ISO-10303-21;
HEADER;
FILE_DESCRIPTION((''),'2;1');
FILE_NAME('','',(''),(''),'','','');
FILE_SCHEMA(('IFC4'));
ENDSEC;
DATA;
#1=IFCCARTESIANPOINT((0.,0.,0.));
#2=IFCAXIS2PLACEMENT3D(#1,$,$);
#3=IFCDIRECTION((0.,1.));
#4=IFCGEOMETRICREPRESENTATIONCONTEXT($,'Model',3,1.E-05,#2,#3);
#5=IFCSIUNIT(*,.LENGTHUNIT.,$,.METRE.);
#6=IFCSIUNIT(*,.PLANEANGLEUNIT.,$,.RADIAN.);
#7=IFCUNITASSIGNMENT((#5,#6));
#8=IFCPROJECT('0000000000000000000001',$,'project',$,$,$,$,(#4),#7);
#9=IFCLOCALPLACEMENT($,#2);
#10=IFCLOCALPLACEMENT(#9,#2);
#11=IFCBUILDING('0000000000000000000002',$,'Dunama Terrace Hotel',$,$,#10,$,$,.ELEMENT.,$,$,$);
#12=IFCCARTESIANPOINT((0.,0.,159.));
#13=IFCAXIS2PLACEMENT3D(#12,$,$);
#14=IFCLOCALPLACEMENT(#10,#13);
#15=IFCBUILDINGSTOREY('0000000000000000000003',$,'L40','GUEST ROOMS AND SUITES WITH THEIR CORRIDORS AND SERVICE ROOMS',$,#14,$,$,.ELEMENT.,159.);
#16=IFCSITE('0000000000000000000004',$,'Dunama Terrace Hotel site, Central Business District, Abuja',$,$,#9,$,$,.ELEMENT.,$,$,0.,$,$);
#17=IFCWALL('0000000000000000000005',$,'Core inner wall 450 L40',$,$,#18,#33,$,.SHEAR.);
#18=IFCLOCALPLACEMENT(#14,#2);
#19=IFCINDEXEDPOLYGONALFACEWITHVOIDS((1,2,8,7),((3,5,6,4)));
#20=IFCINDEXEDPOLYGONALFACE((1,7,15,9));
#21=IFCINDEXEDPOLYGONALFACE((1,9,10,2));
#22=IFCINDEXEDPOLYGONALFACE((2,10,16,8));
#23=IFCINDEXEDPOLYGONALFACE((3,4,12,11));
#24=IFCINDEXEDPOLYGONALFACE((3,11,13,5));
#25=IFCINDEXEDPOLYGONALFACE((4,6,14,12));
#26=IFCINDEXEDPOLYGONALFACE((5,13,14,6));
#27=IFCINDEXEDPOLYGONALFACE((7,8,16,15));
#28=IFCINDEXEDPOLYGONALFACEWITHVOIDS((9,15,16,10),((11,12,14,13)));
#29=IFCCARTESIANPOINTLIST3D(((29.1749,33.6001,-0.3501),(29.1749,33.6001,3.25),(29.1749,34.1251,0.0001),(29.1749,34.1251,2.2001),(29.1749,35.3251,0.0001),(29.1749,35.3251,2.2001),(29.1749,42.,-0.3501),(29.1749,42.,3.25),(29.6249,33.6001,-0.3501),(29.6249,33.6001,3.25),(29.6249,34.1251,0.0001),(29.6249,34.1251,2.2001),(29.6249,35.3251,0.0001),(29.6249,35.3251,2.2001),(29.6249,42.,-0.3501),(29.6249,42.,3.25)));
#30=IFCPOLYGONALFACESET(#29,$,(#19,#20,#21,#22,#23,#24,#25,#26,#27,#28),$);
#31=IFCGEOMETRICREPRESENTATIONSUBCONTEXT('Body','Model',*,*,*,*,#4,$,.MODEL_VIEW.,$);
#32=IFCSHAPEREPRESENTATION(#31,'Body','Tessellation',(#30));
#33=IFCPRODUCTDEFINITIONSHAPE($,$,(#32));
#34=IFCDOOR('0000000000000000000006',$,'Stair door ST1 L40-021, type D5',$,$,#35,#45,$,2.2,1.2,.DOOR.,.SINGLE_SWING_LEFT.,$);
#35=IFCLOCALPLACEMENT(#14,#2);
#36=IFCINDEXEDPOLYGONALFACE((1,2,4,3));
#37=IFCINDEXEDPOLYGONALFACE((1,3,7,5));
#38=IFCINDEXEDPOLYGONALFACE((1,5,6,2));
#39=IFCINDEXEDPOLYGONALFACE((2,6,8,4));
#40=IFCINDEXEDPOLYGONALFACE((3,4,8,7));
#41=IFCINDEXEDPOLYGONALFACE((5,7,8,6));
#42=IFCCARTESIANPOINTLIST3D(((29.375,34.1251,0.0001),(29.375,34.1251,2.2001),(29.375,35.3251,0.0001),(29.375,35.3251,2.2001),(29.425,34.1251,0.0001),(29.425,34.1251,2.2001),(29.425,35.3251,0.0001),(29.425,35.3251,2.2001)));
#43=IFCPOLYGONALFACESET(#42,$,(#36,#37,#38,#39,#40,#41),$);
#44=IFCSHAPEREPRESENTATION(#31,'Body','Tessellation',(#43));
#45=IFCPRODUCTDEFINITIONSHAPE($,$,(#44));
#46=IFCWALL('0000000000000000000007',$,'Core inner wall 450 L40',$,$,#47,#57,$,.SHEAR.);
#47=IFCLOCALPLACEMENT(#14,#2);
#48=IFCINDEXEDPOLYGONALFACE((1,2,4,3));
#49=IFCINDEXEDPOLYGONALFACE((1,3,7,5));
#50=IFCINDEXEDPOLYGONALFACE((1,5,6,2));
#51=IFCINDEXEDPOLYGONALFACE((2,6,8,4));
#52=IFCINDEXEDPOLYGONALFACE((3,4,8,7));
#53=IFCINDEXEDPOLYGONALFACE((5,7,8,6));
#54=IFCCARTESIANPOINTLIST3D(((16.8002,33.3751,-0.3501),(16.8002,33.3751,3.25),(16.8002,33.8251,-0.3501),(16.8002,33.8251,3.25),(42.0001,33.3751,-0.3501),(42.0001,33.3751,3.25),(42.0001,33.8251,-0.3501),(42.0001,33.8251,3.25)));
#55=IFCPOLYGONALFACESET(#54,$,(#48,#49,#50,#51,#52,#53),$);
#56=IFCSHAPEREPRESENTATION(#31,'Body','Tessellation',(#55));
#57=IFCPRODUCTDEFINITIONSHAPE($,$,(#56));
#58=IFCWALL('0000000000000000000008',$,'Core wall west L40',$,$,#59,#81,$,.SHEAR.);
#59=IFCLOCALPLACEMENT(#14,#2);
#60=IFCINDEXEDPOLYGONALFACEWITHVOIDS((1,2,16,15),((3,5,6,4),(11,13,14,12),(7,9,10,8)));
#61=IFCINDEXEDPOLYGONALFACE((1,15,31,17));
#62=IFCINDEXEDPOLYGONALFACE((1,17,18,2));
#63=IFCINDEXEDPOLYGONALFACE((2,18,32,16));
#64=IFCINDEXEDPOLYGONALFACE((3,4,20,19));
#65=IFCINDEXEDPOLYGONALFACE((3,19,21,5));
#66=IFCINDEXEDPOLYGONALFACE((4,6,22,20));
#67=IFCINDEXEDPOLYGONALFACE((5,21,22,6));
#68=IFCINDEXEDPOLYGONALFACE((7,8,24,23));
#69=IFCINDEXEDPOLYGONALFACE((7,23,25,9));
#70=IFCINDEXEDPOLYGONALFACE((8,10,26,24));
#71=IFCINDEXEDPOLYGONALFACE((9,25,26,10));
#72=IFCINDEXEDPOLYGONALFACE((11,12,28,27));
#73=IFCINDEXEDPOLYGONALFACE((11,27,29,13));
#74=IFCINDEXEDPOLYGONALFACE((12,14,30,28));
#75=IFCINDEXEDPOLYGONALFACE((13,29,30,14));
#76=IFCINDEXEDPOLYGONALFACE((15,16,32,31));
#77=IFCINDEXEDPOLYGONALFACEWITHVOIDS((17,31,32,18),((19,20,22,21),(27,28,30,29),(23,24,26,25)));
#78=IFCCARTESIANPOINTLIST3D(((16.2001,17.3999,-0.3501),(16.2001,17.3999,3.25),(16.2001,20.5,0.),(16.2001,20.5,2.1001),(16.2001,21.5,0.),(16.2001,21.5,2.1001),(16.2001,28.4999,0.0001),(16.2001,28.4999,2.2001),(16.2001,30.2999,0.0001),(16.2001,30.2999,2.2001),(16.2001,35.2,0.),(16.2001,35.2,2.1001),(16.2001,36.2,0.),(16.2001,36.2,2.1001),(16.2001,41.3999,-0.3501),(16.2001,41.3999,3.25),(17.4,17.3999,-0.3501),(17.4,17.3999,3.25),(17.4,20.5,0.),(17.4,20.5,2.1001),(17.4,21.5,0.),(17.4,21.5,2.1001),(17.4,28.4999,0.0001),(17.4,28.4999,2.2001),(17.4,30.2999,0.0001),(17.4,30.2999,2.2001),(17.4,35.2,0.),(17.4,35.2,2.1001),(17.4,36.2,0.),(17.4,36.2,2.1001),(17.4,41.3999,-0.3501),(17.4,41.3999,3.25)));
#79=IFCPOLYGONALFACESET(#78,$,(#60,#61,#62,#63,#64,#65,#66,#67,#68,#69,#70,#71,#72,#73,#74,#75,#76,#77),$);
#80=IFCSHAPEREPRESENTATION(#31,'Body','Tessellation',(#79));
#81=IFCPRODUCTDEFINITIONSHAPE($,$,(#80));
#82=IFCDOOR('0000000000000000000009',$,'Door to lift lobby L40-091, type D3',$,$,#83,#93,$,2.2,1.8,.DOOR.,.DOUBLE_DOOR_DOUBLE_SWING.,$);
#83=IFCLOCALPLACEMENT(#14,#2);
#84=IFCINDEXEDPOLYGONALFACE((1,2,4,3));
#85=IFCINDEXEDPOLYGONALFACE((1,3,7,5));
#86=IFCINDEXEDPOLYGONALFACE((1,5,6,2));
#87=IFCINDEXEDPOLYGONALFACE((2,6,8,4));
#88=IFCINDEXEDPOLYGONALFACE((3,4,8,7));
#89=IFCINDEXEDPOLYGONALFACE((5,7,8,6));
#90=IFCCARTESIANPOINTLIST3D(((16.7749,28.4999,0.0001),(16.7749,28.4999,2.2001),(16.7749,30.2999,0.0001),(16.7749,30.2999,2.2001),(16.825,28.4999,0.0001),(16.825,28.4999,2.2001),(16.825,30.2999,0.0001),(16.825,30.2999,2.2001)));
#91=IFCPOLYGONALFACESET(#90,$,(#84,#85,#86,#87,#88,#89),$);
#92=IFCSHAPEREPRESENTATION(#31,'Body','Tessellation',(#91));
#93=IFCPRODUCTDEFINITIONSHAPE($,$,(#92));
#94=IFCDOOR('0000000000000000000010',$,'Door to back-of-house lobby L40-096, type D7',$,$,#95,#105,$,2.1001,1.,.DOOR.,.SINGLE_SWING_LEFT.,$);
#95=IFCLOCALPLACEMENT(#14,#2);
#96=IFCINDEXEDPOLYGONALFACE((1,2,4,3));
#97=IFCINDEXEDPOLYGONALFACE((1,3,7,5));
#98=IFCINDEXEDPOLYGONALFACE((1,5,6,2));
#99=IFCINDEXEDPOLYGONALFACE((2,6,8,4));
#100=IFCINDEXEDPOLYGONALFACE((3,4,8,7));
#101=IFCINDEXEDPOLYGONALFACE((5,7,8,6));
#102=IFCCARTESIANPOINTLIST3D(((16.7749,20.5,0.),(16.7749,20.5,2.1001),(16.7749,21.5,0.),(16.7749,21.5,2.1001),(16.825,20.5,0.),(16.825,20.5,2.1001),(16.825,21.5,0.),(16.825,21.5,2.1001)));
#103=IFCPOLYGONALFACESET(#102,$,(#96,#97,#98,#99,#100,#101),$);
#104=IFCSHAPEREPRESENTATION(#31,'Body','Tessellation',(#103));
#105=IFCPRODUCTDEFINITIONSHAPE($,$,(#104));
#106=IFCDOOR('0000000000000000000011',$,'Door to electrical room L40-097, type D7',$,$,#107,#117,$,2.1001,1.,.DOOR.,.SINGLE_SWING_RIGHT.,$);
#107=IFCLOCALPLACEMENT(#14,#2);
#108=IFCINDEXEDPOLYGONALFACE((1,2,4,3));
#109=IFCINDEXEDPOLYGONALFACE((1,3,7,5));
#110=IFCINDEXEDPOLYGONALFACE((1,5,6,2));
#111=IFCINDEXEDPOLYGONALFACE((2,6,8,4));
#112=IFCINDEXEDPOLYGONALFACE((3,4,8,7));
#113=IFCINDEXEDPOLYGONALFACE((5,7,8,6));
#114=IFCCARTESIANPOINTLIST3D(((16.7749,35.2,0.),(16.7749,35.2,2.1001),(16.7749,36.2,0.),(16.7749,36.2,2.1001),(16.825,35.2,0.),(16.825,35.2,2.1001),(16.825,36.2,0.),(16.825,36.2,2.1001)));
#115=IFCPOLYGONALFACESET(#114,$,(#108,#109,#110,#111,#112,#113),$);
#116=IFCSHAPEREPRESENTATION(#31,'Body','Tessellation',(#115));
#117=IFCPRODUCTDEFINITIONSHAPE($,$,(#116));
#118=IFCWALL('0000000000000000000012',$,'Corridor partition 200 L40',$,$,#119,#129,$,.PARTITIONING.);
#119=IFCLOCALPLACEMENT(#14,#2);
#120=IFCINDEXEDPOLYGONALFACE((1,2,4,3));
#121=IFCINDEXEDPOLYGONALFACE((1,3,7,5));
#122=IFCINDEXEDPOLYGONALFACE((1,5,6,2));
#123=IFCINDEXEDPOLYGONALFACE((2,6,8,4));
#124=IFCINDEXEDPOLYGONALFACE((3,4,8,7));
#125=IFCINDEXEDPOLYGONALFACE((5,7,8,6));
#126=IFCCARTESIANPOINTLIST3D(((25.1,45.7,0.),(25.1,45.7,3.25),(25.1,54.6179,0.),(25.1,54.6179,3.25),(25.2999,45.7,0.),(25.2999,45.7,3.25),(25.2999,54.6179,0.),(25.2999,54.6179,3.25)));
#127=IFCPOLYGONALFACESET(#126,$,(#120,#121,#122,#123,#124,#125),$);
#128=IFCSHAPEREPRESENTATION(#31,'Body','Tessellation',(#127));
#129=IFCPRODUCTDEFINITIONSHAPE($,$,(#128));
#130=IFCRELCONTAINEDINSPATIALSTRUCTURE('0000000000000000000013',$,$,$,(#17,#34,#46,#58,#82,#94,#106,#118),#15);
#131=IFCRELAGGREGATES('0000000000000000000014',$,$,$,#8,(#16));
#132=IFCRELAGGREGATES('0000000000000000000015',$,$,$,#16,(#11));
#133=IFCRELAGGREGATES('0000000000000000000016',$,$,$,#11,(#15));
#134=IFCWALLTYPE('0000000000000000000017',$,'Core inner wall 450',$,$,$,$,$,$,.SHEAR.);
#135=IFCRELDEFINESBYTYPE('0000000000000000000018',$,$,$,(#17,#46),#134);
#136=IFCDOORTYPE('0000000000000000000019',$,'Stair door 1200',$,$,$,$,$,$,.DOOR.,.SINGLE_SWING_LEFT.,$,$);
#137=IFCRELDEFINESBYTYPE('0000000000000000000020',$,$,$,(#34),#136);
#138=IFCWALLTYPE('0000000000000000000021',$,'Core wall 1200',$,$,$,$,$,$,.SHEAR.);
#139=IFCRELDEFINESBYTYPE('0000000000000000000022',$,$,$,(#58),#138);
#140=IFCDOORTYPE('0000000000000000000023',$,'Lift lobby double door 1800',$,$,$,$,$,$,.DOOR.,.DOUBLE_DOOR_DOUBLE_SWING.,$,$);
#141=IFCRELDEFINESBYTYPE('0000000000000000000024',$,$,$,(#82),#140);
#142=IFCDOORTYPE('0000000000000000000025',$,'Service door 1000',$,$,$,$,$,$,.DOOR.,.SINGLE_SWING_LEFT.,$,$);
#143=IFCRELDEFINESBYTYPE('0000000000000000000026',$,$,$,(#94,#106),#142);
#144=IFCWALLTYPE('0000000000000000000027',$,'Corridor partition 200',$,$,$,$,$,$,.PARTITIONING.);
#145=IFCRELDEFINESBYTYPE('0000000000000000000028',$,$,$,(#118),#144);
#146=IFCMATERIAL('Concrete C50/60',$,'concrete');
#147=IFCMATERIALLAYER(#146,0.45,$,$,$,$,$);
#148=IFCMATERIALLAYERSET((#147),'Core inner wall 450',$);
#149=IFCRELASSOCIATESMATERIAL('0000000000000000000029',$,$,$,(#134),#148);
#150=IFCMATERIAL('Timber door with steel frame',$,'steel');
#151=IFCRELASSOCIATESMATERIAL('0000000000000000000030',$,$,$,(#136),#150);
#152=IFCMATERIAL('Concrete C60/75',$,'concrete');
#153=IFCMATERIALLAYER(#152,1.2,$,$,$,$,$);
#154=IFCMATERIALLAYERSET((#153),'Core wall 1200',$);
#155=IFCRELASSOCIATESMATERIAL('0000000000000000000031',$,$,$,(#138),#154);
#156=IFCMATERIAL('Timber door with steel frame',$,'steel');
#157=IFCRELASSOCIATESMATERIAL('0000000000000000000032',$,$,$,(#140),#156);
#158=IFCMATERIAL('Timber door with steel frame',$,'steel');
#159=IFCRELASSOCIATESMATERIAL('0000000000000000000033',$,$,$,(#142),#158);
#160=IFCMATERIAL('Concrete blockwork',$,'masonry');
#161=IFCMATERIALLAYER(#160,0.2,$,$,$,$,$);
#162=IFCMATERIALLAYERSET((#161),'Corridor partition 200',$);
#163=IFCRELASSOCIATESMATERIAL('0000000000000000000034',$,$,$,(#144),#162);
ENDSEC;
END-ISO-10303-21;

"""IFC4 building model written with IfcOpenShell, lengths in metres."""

from ifc_helpers import new_model, si_unit, direction, frame, frame_2d, origin, place, context, subcontext, project, spatial, rectangle, extrude, material, layer, layer_set, type_object, element, fill, save


model = new_model("IFC4")

# Units and contexts
model_context = context("Model", 3, precision=1e-05, world=origin(), true_north=direction((0.0, 1.0)))
body_context = subcontext(model_context, "Body", "Model", "MODEL_VIEW")
ifc_project = project(units=[si_unit("LENGTHUNIT", "METRE"), si_unit("PLANEANGLEUNIT", "RADIAN")], contexts=[model_context])

# Site, building, storey
site_placement = place(None, origin())
site = spatial("IfcSite", under=ifc_project, at=site_placement, Name="Dunama Terrace Hotel site, Central Business District, Abuja", CompositionType="ELEMENT", RefElevation=0.0)
building_placement = place(site_placement, origin())
building = spatial("IfcBuilding", under=site, at=building_placement, Name="Dunama Terrace Hotel", CompositionType="ELEMENT")
storey_placement = place(building_placement, frame((0.0, 0.0, 159.0)))
storey = spatial("IfcBuildingStorey", under=building, at=storey_placement, Name="L40", Description="GUEST ROOMS AND SUITES WITH THEIR CORRIDORS AND SERVICE ROOMS", CompositionType="ELEMENT", Elevation=159.0)

# Wall, opening, door
ifc_material_1 = material(Name="Concrete C50/60", Category="concrete")
ifc_layer_1 = layer(ifc_material_1, 0.45)
ifc_layer_set_1 = layer_set([ifc_layer_1], Name="Core inner wall 450")
wall_type_1 = type_object("IfcWallType", Name="Core inner wall 450", PredefinedType="SHEAR", material=ifc_layer_set_1)
wall_1_placement = place(storey_placement, frame((29.3999, 33.6001, -0.3501), z_axis=(0.0, 0.0, 1.0), x_axis=(0.0, 1.0, 0.0)))
wall_1 = element("IfcWall", 1, at=wall_1_placement, inside=storey, type_object=wall_type_1, Name="Core inner wall 450 L40", PredefinedType="SHEAR", context=body_context, shape_type="SweptSolid", body=[
    extrude(rectangle(XDim=8.3999, YDim=0.45, at=frame_2d((4.2, 0.0))), origin(), (0.0, 0.0, 1.0), 3.6001),
])
opening_1_placement = place(wall_1_placement, frame((0.5249, 0.0, 0.3501)))
opening_1 = element("IfcOpeningElement", 2, at=opening_1_placement, cuts=wall_1, PredefinedType="OPENING", context=body_context, shape_type="SweptSolid", body=[
    extrude(rectangle(XDim=1.2, YDim=2.2, at=frame_2d((0.6001, 1.1001))), frame((0.0, 0.2349, 0.0), z_axis=(0.0, -1.0, 0.0), x_axis=(1.0, 0.0, 0.0)), (0.0, 0.0, 1.0), 0.47),
])
ifc_material_2 = material(Name="Timber door with steel frame", Category="steel")
door_type_1 = type_object("IfcDoorType", Name="Stair door 1200", OperationType="SINGLE_SWING_LEFT", PredefinedType="DOOR", material=ifc_material_2)
door_1_placement = place(opening_1_placement, origin())
door_1 = element("IfcDoor", 3, at=door_1_placement, inside=storey, type_object=door_type_1, Name="Stair door ST1 L40-021, type D5", OperationType="SINGLE_SWING_LEFT", OverallHeight=2.2, OverallWidth=1.2, PredefinedType="DOOR", context=body_context, shape_type="SweptSolid", body=[
    extrude(rectangle(XDim=1.2, YDim=2.2, at=frame_2d((0.6001, 1.1001))), frame((0.0, 0.0249, 0.0), z_axis=(0.0, -1.0, 0.0), x_axis=(1.0, 0.0, 0.0)), (0.0, 0.0, 1.0), 0.05),
])
fill(opening_1, door_1)

# Wall
wall_2_placement = place(storey_placement, frame((16.8, 33.6001, -0.3501), z_axis=(0.0, 0.0, 1.0), x_axis=(1.0, 0.0, 0.0)))
element("IfcWall", 4, at=wall_2_placement, inside=storey, type_object=wall_type_1, Name="Core inner wall 450 L40", PredefinedType="SHEAR", context=body_context, shape_type="SweptSolid", body=[
    extrude(rectangle(XDim=25.2, YDim=0.45, at=frame_2d((12.6001, 0.0))), origin(), (0.0, 0.0, 1.0), 3.6001),
])

# Wall, openings, doors
ifc_material_3 = material(Name="Concrete C60/75", Category="concrete")
ifc_layer_2 = layer(ifc_material_3, 1.2)
ifc_layer_set_2 = layer_set([ifc_layer_2], Name="Core wall 1200")
wall_type_2 = type_object("IfcWallType", Name="Core wall 1200", PredefinedType="SHEAR", material=ifc_layer_set_2)
wall_3_placement = place(storey_placement, frame((16.8, 41.3999, -0.3501), z_axis=(0.0, 0.0, 1.0), x_axis=(0.0, -1.0, 0.0)))
wall_3 = element("IfcWall", 5, at=wall_3_placement, inside=storey, type_object=wall_type_2, Name="Core wall west L40", PredefinedType="SHEAR", context=body_context, shape_type="SweptSolid", body=[
    extrude(rectangle(XDim=24.0, YDim=1.2, at=frame_2d((12.0, 0.0))), origin(), (0.0, 0.0, 1.0), 3.6001),
])
opening_2_placement = place(wall_3_placement, frame((11.1001, 0.0, 0.3501)))
opening_2 = element("IfcOpeningElement", 6, at=opening_2_placement, cuts=wall_3, PredefinedType="OPENING", context=body_context, shape_type="SweptSolid", body=[
    extrude(rectangle(XDim=1.8, YDim=2.2, at=frame_2d((0.8999, 1.1001))), frame((0.0, 0.6099, 0.0), z_axis=(0.0, -1.0, 0.0), x_axis=(1.0, 0.0, 0.0)), (0.0, 0.0, 1.0), 1.22),
])
opening_3_placement = place(wall_3_placement, frame((19.8999, 0.0, 0.3501)))
opening_3 = element("IfcOpeningElement", 7, at=opening_3_placement, cuts=wall_3, PredefinedType="OPENING", context=body_context, shape_type="SweptSolid", body=[
    extrude(rectangle(XDim=1.0, YDim=2.1001, at=frame_2d((0.5, 1.05))), frame((0.0, 0.6099, 0.0), z_axis=(0.0, -1.0, 0.0), x_axis=(1.0, 0.0, 0.0)), (0.0, 0.0, 1.0), 1.22),
])
opening_4_placement = place(wall_3_placement, frame((5.2, 0.0, 0.3501)))
opening_4 = element("IfcOpeningElement", 8, at=opening_4_placement, cuts=wall_3, PredefinedType="OPENING", context=body_context, shape_type="SweptSolid", body=[
    extrude(rectangle(XDim=1.0, YDim=2.1001, at=frame_2d((0.5, 1.05))), frame((0.0, 0.6099, 0.0), z_axis=(0.0, -1.0, 0.0), x_axis=(1.0, 0.0, 0.0)), (0.0, 0.0, 1.0), 1.22),
])
ifc_material_4 = material(Name="Timber door with steel frame", Category="steel")
door_type_2 = type_object("IfcDoorType", Name="Lift lobby double door 1800", OperationType="DOUBLE_DOOR_DOUBLE_SWING", PredefinedType="DOOR", material=ifc_material_4)
door_2_placement = place(opening_2_placement, origin())
door_2 = element("IfcDoor", 9, at=door_2_placement, inside=storey, type_object=door_type_2, Name="Door to lift lobby L40-091, type D3", OperationType="DOUBLE_DOOR_DOUBLE_SWING", OverallHeight=2.2, OverallWidth=1.8, PredefinedType="DOOR", context=body_context, shape_type="SweptSolid", body=[
    extrude(rectangle(XDim=1.8, YDim=2.2, at=frame_2d((0.8999, 1.1001))), frame((0.0, 0.0249, 0.0), z_axis=(0.0, -1.0, 0.0), x_axis=(1.0, 0.0, 0.0)), (0.0, 0.0, 1.0), 0.05),
])
fill(opening_2, door_2)
ifc_material_5 = material(Name="Timber door with steel frame", Category="steel")
door_type_3 = type_object("IfcDoorType", Name="Service door 1000", OperationType="SINGLE_SWING_LEFT", PredefinedType="DOOR", material=ifc_material_5)
door_3_placement = place(opening_3_placement, origin())
door_3 = element("IfcDoor", 10, at=door_3_placement, inside=storey, type_object=door_type_3, Name="Door to back-of-house lobby L40-096, type D7", OperationType="SINGLE_SWING_LEFT", OverallHeight=2.1001, OverallWidth=1.0, PredefinedType="DOOR", context=body_context, shape_type="SweptSolid", body=[
    extrude(rectangle(XDim=1.0, YDim=2.1001, at=frame_2d((0.5, 1.05))), frame((0.0, 0.0249, 0.0), z_axis=(0.0, -1.0, 0.0), x_axis=(1.0, 0.0, 0.0)), (0.0, 0.0, 1.0), 0.05),
])
fill(opening_3, door_3)
door_4_placement = place(opening_4_placement, origin())
door_4 = element("IfcDoor", 11, at=door_4_placement, inside=storey, type_object=door_type_3, Name="Door to electrical room L40-097, type D7", OperationType="SINGLE_SWING_RIGHT", OverallHeight=2.1001, OverallWidth=1.0, PredefinedType="DOOR", context=body_context, shape_type="SweptSolid", body=[
    extrude(rectangle(XDim=1.0, YDim=2.1001, at=frame_2d((0.5, 1.05))), frame((0.0, 0.0249, 0.0), z_axis=(0.0, -1.0, 0.0), x_axis=(1.0, 0.0, 0.0)), (0.0, 0.0, 1.0), 0.05),
])
fill(opening_4, door_4)

# Wall
ifc_material_6 = material(Name="Concrete blockwork", Category="masonry")
ifc_layer_3 = layer(ifc_material_6, 0.2)
ifc_layer_set_3 = layer_set([ifc_layer_3], Name="Corridor partition 200")
wall_type_3 = type_object("IfcWallType", Name="Corridor partition 200", PredefinedType="PARTITIONING", material=ifc_layer_set_3)
wall_4_placement = place(storey_placement, frame((25.2, 45.7, 0.0), z_axis=(0.0, 0.0, 1.0), x_axis=(0.0, 1.0, 0.0)))
element("IfcWall", 12, at=wall_4_placement, inside=storey, type_object=wall_type_3, Name="Corridor partition 200 L40", PredefinedType="PARTITIONING", context=body_context, shape_type="SweptSolid", body=[
    extrude(rectangle(XDim=8.918, YDim=0.2, at=frame_2d((4.459, 0.0))), origin(), (0.0, 0.0, 1.0), 3.25),
])

save(model, "model.ifc")
